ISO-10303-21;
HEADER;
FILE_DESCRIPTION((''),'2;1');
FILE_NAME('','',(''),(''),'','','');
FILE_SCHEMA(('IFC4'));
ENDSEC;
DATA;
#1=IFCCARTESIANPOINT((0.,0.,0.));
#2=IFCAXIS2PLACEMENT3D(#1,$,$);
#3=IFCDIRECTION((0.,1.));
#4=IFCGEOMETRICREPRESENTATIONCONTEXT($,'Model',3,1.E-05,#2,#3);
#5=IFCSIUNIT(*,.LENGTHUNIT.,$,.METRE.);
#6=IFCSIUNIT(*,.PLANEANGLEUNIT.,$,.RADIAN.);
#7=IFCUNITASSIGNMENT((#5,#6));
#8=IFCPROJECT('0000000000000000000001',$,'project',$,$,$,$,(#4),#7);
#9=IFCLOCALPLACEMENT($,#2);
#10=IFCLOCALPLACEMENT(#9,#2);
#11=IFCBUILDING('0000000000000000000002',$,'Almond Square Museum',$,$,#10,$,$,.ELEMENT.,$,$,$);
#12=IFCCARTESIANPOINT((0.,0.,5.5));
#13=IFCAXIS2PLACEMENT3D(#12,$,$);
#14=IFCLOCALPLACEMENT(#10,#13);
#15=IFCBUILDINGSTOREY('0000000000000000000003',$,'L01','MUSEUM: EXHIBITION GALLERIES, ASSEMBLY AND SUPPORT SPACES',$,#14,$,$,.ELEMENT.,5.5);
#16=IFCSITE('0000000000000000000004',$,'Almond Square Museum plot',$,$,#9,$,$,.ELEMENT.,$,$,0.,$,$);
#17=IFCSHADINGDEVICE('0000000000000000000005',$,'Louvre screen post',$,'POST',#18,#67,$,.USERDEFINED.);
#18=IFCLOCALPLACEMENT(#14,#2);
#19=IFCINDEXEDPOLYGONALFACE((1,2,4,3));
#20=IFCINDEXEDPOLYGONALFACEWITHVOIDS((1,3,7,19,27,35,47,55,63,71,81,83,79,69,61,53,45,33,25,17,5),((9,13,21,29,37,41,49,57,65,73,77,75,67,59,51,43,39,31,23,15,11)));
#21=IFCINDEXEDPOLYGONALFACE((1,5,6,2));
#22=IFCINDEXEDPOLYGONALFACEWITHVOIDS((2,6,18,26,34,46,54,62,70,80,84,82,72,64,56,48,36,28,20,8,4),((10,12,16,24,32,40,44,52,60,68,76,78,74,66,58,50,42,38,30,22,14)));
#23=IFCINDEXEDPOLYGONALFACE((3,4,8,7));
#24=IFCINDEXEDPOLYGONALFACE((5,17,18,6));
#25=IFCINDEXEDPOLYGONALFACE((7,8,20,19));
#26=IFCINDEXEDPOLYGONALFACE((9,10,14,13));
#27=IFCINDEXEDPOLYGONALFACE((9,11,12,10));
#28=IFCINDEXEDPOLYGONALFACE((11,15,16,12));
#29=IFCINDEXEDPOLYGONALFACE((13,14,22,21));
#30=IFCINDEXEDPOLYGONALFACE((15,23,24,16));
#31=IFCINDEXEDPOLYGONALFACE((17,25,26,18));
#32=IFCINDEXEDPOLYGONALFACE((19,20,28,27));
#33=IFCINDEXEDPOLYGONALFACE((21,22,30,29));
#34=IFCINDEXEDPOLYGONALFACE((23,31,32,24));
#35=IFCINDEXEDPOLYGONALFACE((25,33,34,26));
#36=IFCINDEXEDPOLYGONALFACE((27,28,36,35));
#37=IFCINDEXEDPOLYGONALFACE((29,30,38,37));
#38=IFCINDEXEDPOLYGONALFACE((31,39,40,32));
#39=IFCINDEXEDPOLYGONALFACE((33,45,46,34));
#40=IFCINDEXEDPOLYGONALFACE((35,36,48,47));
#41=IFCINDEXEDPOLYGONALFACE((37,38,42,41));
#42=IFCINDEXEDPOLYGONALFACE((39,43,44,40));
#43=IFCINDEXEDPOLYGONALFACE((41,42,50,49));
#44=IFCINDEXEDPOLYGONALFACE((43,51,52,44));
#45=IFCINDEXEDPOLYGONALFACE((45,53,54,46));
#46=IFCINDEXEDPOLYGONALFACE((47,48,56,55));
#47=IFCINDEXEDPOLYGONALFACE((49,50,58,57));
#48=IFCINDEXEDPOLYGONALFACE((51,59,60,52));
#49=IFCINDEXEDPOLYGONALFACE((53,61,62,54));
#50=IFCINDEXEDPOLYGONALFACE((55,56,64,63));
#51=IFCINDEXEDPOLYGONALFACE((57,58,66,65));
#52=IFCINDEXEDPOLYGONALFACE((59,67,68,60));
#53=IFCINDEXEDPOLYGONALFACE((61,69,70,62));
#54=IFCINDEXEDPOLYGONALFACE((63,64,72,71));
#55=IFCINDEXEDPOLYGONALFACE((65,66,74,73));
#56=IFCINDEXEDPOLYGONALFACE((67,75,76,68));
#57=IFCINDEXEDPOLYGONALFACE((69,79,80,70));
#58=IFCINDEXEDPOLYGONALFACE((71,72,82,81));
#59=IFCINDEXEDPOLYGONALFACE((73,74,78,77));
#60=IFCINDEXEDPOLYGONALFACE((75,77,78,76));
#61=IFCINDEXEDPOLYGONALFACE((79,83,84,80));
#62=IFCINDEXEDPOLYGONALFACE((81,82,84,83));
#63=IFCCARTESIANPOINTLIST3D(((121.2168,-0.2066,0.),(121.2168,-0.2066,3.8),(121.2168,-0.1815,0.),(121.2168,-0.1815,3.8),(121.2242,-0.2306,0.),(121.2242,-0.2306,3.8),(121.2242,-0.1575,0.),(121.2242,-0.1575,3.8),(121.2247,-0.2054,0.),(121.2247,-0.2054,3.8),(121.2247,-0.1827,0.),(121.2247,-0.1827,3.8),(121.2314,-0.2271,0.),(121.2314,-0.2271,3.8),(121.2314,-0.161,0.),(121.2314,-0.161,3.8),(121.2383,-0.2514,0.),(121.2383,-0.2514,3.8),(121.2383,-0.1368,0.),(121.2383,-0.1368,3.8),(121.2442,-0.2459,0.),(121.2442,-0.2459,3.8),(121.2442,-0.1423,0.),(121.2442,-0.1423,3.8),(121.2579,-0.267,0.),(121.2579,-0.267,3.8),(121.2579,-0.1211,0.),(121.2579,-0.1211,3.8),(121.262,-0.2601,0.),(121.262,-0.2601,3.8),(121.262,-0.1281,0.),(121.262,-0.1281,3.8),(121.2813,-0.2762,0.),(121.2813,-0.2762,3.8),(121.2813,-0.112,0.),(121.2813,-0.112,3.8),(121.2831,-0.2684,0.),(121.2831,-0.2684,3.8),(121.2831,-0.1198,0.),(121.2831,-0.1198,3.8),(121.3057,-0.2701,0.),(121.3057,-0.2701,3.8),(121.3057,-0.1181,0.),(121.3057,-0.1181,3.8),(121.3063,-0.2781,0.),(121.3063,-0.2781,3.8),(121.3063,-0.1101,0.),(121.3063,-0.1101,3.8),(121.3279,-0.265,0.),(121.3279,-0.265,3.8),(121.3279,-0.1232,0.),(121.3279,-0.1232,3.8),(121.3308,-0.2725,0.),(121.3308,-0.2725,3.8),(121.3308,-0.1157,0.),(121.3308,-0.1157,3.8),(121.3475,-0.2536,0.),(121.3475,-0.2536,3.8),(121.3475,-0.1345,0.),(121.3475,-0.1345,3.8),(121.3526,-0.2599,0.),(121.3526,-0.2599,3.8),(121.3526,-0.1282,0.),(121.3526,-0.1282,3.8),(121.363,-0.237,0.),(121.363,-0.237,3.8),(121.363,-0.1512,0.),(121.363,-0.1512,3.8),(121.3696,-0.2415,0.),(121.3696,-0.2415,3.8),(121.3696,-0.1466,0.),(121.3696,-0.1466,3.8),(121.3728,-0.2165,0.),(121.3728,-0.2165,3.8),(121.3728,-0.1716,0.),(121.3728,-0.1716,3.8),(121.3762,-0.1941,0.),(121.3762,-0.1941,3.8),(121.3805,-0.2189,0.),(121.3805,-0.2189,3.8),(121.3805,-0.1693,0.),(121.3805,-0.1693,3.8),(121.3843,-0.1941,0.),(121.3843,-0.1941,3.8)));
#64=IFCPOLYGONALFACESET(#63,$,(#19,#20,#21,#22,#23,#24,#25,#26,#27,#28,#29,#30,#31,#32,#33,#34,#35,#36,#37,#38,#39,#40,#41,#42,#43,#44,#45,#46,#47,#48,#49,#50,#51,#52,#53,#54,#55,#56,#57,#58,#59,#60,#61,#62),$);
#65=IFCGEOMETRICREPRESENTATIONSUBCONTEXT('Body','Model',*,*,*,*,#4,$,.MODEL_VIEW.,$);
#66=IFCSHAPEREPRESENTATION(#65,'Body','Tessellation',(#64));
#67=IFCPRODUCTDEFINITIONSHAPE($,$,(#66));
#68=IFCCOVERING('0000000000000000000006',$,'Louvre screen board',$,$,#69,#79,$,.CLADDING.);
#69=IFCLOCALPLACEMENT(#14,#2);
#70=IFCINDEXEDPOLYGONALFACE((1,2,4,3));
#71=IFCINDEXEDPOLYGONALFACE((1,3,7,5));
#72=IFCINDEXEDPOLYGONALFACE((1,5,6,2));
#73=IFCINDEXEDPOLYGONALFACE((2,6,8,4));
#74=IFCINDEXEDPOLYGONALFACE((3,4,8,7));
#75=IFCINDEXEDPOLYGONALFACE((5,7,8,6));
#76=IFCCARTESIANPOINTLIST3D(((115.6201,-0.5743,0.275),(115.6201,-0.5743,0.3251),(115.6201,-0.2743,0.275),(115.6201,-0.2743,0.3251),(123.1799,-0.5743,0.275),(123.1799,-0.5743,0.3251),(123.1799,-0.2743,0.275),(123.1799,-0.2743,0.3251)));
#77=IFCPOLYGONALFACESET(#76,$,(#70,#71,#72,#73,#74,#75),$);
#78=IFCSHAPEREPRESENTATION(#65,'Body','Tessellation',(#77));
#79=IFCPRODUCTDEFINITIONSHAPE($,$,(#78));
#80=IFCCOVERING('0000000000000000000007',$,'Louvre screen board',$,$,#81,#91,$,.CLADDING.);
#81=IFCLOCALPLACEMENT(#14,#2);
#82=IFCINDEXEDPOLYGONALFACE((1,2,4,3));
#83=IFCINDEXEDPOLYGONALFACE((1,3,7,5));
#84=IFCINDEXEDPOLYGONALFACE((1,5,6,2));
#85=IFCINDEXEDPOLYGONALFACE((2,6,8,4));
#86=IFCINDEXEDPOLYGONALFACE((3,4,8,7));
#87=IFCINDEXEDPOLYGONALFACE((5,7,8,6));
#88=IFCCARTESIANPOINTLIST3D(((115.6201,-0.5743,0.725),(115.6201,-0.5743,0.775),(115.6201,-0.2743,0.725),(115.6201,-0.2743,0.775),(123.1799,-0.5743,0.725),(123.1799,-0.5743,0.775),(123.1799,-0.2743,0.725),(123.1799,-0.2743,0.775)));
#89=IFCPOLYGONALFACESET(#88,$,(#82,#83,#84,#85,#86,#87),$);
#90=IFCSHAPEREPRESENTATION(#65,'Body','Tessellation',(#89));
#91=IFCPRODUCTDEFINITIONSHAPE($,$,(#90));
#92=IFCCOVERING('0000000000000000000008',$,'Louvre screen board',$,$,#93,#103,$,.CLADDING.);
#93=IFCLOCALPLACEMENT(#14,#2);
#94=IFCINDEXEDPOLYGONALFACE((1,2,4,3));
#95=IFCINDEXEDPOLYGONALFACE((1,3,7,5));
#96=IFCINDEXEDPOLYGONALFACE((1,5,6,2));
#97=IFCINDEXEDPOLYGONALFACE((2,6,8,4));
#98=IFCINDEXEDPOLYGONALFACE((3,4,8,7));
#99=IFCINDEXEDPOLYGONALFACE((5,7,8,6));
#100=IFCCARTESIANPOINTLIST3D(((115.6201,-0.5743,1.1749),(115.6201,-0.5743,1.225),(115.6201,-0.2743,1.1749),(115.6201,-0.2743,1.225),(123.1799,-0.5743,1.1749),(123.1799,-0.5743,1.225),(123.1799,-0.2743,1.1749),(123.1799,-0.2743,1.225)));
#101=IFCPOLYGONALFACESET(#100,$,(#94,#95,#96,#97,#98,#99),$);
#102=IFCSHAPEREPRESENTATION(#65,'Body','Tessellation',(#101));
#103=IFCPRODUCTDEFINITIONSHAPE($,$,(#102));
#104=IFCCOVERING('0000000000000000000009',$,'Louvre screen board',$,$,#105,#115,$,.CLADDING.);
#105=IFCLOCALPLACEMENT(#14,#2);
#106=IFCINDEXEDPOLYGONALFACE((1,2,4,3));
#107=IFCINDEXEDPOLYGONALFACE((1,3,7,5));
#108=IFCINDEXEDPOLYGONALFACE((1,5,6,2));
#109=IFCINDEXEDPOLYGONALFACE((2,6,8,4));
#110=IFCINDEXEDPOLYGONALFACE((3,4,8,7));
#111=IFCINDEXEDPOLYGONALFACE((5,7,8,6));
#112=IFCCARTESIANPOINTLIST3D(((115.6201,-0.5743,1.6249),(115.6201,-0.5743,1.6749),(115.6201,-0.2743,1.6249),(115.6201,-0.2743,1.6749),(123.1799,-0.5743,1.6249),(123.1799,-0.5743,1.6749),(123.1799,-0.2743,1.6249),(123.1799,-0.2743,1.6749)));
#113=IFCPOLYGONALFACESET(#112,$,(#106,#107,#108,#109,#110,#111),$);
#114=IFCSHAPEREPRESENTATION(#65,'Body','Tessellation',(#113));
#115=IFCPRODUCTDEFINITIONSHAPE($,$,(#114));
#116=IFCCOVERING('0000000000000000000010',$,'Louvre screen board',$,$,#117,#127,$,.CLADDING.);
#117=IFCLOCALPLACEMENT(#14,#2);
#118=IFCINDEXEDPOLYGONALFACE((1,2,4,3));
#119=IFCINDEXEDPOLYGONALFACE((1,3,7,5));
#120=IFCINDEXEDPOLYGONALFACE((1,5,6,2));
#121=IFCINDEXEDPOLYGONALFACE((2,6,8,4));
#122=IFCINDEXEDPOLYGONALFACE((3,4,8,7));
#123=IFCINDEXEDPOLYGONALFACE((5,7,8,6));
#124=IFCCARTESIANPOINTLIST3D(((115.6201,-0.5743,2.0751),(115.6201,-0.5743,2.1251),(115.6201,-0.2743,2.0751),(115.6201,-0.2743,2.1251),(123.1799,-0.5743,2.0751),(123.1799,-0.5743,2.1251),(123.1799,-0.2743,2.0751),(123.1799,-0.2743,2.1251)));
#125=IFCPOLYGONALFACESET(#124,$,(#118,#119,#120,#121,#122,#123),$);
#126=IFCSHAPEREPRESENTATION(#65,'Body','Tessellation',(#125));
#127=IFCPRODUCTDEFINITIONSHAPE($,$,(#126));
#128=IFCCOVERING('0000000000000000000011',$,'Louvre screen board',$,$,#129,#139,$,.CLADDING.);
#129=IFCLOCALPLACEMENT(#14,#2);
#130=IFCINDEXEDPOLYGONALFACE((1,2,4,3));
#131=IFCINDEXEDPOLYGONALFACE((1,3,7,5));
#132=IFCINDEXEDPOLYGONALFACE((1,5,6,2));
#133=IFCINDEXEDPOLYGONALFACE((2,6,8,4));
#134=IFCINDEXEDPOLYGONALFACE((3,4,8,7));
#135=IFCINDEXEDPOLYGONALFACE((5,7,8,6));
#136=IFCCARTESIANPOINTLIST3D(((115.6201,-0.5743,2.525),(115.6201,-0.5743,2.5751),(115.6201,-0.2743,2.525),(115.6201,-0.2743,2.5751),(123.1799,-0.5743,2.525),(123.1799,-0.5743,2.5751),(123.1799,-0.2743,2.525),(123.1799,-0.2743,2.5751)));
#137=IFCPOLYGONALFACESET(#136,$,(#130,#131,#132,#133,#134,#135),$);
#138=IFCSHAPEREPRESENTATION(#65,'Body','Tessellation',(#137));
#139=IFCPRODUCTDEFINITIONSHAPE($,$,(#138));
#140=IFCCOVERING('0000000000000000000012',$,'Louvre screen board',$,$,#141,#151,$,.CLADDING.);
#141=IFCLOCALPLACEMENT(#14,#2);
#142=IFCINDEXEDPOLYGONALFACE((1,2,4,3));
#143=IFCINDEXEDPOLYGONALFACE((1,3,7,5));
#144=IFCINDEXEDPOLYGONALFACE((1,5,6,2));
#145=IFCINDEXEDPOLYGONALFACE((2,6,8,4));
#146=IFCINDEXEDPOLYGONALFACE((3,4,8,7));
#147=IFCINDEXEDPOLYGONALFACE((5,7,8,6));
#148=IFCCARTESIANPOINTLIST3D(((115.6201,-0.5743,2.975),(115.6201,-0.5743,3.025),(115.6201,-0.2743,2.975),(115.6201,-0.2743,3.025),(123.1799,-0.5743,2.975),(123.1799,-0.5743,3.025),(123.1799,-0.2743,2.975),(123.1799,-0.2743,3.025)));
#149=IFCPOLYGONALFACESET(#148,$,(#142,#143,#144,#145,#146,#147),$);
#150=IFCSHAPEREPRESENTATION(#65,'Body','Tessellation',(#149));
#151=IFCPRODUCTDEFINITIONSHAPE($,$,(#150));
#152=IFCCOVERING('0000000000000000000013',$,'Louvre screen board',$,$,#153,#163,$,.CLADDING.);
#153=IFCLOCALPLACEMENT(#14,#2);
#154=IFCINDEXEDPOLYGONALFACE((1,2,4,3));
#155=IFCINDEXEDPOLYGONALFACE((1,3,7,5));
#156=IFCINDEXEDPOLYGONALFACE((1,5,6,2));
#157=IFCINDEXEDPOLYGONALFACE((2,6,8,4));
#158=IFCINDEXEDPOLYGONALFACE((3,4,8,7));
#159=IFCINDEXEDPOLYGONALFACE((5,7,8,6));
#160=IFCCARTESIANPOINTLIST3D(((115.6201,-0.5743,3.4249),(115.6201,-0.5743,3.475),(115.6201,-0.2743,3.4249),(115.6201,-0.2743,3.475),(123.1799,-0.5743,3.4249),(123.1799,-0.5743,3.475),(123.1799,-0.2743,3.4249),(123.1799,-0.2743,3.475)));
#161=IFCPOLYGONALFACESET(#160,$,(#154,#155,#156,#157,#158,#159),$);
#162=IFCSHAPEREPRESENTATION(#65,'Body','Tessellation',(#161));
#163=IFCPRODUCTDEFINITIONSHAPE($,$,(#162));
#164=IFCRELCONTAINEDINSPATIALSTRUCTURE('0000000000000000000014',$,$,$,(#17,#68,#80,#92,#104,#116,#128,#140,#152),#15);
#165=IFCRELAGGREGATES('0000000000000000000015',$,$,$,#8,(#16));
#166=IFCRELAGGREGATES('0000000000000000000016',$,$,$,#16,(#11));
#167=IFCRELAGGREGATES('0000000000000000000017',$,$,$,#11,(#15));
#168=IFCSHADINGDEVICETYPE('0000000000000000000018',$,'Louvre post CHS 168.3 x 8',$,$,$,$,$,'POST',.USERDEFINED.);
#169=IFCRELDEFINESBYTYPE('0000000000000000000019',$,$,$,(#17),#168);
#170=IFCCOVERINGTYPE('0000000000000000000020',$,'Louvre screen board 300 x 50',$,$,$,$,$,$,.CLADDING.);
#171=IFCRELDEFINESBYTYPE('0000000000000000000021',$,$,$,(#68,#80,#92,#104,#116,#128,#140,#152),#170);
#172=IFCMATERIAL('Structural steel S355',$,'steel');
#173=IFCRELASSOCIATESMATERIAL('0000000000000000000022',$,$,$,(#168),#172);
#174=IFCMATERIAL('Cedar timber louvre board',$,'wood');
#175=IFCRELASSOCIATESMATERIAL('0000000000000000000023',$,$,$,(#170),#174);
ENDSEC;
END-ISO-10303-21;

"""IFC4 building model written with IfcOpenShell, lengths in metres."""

from ifc_helpers import new_model, si_unit, direction, frame, origin, origin_2d, place, context, subcontext, project, spatial, rectangle, hollow_circle, extrude, material, material_profile, profile_set, type_object, element, save


model = new_model("IFC4")

# Units and contexts
model_context = context("Model", 3, precision=1e-05, world=origin(), true_north=direction((0.0, 1.0)))
body_context = subcontext(model_context, "Body", "Model", "MODEL_VIEW")
ifc_project = project(units=[si_unit("LENGTHUNIT", "METRE"), si_unit("PLANEANGLEUNIT", "RADIAN")], contexts=[model_context])

# Site, building, storey
site_placement = place(None, origin())
site = spatial("IfcSite", under=ifc_project, at=site_placement, Name="Almond Square Museum plot", CompositionType="ELEMENT", RefElevation=0.0)
building_placement = place(site_placement, origin())
building = spatial("IfcBuilding", under=site, at=building_placement, Name="Almond Square Museum", CompositionType="ELEMENT")
storey_placement = place(building_placement, frame((0.0, 0.0, 5.5)))
storey = spatial("IfcBuildingStorey", under=building, at=storey_placement, Name="L01", Description="MUSEUM: EXHIBITION GALLERIES, ASSEMBLY AND SUPPORT SPACES", CompositionType="ELEMENT", Elevation=5.5)

# Shading device
ifc_material_1 = material(Name="Structural steel S355", Category="steel")
ifc_material_profile_1 = material_profile(ifc_material_1, hollow_circle(Radius=0.0842, WallThickness=0.0081, at=origin_2d()))
ifc_profile_set_1 = profile_set([ifc_material_profile_1], Name="Structural steel S355")
shading_device_type = type_object("IfcShadingDeviceType", Name="Louvre post CHS 168.3 x 8", ElementType="POST", PredefinedType="USERDEFINED", material=ifc_profile_set_1)
for number, where, z_axis, x_axis, name in (
    (1, (121.3, -0.1941, 0.0), (0.0, 0.0, 1.0), (1.0, 0.0, 0.0), "Louvre screen post"),
):
    element("IfcShadingDevice", number, at=place(storey_placement, frame(where, z_axis=z_axis, x_axis=x_axis)), inside=storey, type_object=shading_device_type, Name=name, ObjectType="POST", PredefinedType="USERDEFINED", context=body_context, shape_type="SweptSolid", body=[
        extrude(hollow_circle(Radius=0.0842, WallThickness=0.0081, at=origin_2d()), origin(), (0.0, 0.0, 1.0), 3.8),
    ])

# Coverings
ifc_material_2 = material(Name="Cedar timber louvre board", Category="wood")
ifc_material_profile_2 = material_profile(ifc_material_2, rectangle(XDim=0.3, YDim=0.05, at=origin_2d()))
ifc_profile_set_2 = profile_set([ifc_material_profile_2], Name="Cedar timber louvre board")
covering_type = type_object("IfcCoveringType", Name="Louvre screen board 300 x 50", PredefinedType="CLADDING", material=ifc_profile_set_2)
for number, where, z_axis, x_axis, name in (
    (2, (115.6201, -0.4243, 0.3), (1.0, 0.0, 0.0), (0.0, 1.0, 0.0), "Louvre screen board"),
    (3, (115.6201, -0.4243, 0.75), (1.0, 0.0, 0.0), (0.0, 1.0, 0.0), "Louvre screen board"),
    (4, (115.6201, -0.4243, 1.2), (1.0, 0.0, 0.0), (0.0, 1.0, 0.0), "Louvre screen board"),
    (5, (115.6201, -0.4243, 1.6499), (1.0, 0.0, 0.0), (0.0, 1.0, 0.0), "Louvre screen board"),
    (6, (115.6201, -0.4243, 2.1001), (1.0, 0.0, 0.0), (0.0, 1.0, 0.0), "Louvre screen board"),
    (7, (115.6201, -0.4243, 2.55), (1.0, 0.0, 0.0), (0.0, 1.0, 0.0), "Louvre screen board"),
    (8, (115.6201, -0.4243, 3.0), (1.0, 0.0, 0.0), (0.0, 1.0, 0.0), "Louvre screen board"),
    (9, (115.6201, -0.4243, 3.45), (1.0, 0.0, 0.0), (0.0, 1.0, 0.0), "Louvre screen board"),
):
    element("IfcCovering", number, at=place(storey_placement, frame(where, z_axis=z_axis, x_axis=x_axis)), inside=storey, type_object=covering_type, Name=name, PredefinedType="CLADDING", context=body_context, shape_type="SweptSolid", body=[
        extrude(rectangle(XDim=0.3, YDim=0.05, at=origin_2d()), origin(), (0.0, 0.0, 1.0), 7.5598),
    ])

save(model, "model.ifc")
